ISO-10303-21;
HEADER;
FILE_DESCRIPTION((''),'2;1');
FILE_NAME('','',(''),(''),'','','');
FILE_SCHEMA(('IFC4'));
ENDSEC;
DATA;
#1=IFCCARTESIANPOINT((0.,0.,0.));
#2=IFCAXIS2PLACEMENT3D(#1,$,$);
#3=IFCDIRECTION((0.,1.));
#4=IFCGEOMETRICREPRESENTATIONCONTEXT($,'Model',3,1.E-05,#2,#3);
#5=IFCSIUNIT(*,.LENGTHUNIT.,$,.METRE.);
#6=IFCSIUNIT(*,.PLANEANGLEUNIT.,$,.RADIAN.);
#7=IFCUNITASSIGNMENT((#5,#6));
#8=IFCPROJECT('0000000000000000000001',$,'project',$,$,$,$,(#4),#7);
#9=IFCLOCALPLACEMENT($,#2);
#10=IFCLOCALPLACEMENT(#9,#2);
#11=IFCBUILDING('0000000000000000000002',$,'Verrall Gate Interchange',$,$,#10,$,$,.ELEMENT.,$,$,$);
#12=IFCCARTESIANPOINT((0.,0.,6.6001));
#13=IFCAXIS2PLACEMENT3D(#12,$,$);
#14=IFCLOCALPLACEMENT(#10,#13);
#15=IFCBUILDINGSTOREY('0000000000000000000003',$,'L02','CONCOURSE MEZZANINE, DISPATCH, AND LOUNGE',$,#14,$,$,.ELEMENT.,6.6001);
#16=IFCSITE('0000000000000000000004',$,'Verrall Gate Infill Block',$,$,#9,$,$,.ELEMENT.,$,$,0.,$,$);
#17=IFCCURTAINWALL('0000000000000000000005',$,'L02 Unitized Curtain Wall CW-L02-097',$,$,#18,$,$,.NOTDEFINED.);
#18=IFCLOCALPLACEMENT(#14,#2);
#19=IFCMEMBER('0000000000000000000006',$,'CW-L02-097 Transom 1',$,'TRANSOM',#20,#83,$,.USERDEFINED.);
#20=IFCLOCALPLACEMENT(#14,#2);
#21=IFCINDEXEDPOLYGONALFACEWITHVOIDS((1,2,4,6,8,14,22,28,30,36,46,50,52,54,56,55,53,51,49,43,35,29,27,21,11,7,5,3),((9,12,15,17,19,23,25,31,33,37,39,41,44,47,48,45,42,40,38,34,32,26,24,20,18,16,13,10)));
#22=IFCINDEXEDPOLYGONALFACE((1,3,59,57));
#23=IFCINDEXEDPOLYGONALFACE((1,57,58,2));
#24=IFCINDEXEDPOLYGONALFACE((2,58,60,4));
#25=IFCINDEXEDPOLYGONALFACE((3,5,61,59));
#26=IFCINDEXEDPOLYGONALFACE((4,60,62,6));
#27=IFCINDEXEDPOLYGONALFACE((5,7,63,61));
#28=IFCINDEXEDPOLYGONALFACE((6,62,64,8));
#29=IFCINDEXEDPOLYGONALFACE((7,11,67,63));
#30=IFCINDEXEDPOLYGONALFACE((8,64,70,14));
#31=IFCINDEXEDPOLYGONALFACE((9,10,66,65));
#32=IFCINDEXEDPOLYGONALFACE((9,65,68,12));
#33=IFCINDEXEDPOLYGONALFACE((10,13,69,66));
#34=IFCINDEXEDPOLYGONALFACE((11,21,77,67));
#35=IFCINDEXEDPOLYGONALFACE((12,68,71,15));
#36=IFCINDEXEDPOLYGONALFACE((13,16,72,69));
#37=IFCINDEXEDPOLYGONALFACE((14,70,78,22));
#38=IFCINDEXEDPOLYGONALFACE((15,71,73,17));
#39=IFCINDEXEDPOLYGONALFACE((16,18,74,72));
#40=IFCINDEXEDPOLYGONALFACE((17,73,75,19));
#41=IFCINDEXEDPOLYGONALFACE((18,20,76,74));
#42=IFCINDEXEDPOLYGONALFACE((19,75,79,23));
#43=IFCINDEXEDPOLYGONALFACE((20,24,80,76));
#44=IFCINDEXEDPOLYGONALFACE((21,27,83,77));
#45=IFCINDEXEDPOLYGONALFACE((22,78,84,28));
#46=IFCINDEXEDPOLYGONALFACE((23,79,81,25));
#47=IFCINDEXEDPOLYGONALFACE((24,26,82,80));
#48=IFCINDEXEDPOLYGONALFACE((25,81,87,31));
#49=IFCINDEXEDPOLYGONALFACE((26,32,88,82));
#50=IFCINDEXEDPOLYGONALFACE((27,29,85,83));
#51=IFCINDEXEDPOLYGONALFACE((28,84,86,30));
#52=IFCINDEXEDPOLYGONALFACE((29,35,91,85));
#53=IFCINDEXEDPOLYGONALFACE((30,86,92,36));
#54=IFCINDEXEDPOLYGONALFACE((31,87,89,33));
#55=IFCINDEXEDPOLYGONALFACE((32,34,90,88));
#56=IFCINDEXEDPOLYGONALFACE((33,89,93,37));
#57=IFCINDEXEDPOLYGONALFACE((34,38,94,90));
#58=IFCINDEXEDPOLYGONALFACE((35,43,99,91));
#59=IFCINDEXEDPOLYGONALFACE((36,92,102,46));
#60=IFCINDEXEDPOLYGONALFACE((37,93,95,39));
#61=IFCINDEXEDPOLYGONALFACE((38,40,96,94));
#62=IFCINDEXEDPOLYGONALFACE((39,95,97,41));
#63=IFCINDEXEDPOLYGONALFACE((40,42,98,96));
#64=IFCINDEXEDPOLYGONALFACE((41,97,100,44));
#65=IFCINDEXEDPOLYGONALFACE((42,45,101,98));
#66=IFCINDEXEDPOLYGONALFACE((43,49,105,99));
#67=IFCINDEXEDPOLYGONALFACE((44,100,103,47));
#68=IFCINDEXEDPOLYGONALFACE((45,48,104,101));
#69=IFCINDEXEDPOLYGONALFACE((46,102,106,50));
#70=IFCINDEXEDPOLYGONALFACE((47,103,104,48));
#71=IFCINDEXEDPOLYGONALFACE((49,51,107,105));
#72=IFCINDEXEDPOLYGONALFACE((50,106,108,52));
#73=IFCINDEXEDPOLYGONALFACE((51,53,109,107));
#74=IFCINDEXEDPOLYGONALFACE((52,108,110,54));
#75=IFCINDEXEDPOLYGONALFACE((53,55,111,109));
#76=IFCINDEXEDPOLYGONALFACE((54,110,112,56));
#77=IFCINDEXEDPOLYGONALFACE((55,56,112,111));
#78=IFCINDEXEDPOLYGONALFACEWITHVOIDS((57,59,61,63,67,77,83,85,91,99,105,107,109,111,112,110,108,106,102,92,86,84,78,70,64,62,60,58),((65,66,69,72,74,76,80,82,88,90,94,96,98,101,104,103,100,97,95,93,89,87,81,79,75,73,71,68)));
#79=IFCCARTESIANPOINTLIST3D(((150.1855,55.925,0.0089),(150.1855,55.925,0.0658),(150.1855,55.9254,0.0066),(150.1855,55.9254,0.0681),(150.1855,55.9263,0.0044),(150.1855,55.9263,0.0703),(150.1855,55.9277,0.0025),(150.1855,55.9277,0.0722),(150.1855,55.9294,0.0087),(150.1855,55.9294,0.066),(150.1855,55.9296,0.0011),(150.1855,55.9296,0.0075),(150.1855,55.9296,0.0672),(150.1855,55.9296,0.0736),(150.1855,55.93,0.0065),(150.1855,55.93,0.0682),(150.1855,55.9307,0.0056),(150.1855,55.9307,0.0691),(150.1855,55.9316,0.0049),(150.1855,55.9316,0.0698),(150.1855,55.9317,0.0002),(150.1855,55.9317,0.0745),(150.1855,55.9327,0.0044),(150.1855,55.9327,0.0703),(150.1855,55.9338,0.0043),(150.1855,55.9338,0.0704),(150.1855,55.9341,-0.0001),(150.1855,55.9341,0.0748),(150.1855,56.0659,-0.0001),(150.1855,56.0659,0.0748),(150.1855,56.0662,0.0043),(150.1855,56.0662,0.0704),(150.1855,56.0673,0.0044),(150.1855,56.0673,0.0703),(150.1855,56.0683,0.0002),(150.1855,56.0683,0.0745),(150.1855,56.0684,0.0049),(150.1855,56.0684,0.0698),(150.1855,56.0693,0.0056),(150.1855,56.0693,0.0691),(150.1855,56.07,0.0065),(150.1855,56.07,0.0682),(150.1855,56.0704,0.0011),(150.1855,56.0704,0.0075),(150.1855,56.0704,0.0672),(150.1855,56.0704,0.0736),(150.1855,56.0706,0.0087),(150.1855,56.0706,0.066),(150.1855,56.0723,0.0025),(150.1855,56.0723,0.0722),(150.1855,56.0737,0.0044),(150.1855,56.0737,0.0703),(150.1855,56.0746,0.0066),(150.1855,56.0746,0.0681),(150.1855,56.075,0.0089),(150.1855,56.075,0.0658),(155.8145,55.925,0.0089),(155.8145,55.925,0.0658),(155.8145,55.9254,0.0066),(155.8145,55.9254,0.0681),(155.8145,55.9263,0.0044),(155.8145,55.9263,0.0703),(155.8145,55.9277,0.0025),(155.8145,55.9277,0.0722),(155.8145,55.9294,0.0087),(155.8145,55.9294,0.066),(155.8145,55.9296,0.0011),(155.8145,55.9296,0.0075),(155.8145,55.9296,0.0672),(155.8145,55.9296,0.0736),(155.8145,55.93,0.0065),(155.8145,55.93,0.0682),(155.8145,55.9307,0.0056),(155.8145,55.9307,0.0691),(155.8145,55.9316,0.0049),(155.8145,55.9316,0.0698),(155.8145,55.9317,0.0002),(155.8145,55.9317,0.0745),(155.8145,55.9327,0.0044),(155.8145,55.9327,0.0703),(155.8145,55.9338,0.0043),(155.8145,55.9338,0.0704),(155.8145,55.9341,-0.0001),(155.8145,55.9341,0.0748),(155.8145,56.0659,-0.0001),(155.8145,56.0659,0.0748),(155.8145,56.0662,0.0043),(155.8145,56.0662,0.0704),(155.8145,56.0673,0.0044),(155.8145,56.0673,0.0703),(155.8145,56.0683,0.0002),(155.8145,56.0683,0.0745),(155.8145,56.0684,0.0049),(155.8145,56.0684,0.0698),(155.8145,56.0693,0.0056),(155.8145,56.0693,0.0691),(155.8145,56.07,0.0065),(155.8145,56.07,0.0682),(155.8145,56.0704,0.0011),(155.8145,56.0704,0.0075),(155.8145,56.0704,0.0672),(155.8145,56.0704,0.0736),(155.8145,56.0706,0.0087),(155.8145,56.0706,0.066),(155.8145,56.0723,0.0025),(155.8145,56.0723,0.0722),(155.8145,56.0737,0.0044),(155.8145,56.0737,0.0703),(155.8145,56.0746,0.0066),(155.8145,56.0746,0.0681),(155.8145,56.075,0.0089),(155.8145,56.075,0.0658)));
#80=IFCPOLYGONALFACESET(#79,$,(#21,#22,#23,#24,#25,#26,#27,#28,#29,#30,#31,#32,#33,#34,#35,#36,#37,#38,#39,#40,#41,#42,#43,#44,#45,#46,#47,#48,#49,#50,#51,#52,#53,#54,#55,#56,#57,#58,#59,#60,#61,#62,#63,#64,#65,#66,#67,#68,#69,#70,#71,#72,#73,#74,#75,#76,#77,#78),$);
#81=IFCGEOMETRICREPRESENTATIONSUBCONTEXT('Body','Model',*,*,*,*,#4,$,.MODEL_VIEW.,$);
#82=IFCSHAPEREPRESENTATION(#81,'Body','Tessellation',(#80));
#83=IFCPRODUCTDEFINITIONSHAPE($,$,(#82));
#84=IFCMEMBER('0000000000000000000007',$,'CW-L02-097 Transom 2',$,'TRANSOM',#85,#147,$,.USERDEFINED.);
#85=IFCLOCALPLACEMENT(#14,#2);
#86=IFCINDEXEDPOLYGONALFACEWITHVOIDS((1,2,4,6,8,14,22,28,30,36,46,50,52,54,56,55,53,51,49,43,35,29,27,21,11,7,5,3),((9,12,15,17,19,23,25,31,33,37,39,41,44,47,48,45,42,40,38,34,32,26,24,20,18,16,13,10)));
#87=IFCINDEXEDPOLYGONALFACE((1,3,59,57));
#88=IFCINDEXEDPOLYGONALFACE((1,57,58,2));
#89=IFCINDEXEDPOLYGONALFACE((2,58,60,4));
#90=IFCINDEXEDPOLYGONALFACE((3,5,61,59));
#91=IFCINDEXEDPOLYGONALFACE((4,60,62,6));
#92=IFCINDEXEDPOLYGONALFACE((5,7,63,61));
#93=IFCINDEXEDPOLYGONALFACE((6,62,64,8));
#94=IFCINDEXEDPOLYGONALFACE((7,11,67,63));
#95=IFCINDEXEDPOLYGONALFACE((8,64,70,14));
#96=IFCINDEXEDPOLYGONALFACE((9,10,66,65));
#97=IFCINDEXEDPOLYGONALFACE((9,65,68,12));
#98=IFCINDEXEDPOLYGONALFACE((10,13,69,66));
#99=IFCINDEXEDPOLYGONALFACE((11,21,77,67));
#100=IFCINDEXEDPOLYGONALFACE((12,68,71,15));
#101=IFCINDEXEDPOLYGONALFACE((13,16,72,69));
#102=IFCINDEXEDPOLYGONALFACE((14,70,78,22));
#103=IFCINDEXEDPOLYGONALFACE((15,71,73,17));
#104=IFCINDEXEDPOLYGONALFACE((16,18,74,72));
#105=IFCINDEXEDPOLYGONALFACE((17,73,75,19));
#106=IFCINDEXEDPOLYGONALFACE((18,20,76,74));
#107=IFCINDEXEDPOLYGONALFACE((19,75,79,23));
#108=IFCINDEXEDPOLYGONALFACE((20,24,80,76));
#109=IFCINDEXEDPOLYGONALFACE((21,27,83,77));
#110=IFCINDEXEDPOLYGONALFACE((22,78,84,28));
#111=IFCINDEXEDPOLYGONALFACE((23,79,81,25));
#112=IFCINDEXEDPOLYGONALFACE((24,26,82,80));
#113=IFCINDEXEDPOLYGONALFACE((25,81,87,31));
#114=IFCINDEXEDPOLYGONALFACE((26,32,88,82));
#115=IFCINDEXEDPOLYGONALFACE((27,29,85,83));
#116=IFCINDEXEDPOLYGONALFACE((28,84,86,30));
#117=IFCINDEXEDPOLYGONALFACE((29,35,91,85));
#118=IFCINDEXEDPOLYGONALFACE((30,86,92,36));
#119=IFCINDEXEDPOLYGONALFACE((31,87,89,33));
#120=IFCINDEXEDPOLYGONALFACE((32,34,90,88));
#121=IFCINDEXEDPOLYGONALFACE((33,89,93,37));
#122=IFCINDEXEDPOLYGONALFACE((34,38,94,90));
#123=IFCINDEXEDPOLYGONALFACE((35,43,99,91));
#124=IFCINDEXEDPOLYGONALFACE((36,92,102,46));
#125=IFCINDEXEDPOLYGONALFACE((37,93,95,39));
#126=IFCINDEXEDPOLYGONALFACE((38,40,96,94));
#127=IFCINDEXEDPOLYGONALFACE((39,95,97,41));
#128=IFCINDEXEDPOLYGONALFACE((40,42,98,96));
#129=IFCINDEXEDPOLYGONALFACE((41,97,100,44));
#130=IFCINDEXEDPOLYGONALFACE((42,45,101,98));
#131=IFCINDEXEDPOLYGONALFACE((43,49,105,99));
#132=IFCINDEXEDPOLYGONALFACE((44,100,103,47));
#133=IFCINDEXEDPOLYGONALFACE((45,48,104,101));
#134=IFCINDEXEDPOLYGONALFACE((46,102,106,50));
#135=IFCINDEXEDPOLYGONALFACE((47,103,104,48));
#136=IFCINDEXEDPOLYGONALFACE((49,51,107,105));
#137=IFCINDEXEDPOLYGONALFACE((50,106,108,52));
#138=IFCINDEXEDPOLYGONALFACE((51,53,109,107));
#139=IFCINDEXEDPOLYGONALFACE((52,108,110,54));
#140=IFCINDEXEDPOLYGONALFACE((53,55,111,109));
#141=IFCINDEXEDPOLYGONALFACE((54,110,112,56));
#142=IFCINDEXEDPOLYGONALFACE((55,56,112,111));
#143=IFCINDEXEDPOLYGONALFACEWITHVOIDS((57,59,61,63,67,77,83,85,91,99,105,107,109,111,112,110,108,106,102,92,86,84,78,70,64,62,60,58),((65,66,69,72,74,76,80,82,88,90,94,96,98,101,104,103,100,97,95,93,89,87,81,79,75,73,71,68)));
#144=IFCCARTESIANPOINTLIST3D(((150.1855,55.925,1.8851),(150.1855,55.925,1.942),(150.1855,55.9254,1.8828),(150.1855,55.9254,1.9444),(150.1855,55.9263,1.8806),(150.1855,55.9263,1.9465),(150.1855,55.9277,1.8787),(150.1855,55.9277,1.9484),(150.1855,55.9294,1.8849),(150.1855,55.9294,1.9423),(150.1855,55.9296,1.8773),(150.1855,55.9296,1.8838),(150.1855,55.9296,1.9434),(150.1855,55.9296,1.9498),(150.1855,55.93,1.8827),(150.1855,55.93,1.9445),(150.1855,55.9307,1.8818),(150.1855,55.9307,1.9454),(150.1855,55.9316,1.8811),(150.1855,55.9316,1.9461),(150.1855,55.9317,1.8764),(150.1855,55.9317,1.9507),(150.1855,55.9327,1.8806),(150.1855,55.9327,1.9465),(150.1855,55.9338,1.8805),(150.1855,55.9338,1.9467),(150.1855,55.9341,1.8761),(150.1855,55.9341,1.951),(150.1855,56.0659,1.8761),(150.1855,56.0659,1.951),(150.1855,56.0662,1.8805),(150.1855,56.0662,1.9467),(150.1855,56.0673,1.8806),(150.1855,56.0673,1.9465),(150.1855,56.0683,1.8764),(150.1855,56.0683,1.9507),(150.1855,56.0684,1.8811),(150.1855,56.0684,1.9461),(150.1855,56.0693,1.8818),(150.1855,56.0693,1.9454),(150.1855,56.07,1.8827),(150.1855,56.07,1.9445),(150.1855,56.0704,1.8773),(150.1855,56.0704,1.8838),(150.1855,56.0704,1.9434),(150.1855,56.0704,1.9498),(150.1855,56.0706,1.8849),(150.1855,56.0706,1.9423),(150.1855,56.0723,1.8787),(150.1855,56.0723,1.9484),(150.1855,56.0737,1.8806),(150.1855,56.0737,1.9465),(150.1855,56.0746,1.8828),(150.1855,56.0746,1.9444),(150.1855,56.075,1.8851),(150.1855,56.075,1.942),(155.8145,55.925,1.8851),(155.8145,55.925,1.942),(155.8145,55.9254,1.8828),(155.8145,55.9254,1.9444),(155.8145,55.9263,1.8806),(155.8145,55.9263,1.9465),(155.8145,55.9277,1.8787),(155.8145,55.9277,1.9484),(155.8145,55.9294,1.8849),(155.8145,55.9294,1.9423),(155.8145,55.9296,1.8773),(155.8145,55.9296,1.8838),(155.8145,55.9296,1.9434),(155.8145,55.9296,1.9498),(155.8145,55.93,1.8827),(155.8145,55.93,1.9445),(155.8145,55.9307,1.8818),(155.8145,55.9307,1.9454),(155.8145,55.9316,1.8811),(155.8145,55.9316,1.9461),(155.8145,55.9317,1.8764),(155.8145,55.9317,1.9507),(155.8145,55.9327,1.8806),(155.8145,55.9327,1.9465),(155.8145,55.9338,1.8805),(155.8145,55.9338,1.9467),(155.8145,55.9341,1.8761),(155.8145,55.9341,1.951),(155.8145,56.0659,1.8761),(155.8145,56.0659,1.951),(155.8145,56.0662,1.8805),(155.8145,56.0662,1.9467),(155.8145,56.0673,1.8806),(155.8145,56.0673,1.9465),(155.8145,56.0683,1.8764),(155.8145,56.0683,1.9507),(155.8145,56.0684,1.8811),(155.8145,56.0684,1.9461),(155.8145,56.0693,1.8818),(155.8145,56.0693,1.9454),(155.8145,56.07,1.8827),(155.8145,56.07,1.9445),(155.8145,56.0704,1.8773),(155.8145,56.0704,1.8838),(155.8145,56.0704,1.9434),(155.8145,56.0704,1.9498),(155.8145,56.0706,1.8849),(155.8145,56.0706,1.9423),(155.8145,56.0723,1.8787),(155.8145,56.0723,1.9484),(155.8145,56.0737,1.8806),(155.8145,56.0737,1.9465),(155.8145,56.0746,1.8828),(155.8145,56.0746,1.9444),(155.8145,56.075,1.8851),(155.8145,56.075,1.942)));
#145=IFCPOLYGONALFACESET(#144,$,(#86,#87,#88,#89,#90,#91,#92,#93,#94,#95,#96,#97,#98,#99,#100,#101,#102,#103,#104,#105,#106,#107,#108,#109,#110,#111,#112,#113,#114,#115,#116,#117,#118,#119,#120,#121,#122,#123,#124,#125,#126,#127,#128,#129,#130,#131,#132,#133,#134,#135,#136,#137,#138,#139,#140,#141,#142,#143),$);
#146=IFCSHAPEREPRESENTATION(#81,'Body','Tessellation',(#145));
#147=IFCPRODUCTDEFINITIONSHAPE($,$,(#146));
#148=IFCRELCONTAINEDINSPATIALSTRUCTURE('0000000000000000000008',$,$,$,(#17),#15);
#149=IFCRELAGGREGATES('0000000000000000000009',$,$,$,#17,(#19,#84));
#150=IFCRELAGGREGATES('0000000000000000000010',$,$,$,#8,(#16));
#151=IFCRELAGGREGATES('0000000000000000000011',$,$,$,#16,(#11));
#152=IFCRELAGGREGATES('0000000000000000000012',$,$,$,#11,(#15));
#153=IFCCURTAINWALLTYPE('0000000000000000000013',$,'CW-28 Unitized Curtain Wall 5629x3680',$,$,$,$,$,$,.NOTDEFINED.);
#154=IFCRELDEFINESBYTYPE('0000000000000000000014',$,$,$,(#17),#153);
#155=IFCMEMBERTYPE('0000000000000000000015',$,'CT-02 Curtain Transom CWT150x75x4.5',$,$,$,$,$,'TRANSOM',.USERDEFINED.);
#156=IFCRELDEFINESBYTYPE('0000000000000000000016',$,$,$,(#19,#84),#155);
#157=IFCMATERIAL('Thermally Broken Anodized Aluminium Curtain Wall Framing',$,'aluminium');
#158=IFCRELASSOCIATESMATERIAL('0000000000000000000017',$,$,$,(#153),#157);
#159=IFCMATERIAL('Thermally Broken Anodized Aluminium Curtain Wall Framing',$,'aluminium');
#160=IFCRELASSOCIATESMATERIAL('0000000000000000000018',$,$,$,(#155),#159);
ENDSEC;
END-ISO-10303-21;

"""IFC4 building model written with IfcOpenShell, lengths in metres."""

from ifc_helpers import new_model, si_unit, direction, frame, origin, origin_2d, place, context, subcontext, project, spatial, hollow_rectangle, extrude, material, material_profile, profile_set, type_object, element, aggregate, save


model = new_model("IFC4")

# Units and contexts
model_context = context("Model", 3, precision=1e-05, world=origin(), true_north=direction((0.0, 1.0)))
body_context = subcontext(model_context, "Body", "Model", "MODEL_VIEW")
ifc_project = project(units=[si_unit("LENGTHUNIT", "METRE"), si_unit("PLANEANGLEUNIT", "RADIAN")], contexts=[model_context])

# Site, building, storey
site_placement = place(None, origin())
site = spatial("IfcSite", under=ifc_project, at=site_placement, Name="Verrall Gate Infill Block", CompositionType="ELEMENT", RefElevation=0.0)
building_placement = place(site_placement, origin())
building = spatial("IfcBuilding", under=site, at=building_placement, Name="Verrall Gate Interchange", CompositionType="ELEMENT")
storey_placement = place(building_placement, frame((0.0, 0.0, 6.6001)))
storey = spatial("IfcBuildingStorey", under=building, at=storey_placement, Name="L02", Description="CONCOURSE MEZZANINE, DISPATCH, AND LOUNGE", CompositionType="ELEMENT", Elevation=6.6001)

# Curtain wall
ifc_material_1 = material(Name="Thermally Broken Anodized Aluminium Curtain Wall Framing", Category="aluminium")
curtain_wall_type = type_object("IfcCurtainWallType", Name="CW-28 Unitized Curtain Wall 5629x3680", PredefinedType="NOTDEFINED", material=ifc_material_1)
curtain_wall_1_placement = place(storey_placement, origin())
curtain_wall_1 = element("IfcCurtainWall", 1, at=curtain_wall_1_placement, inside=storey, type_object=curtain_wall_type, Name="L02 Unitized Curtain Wall CW-L02-097", PredefinedType="NOTDEFINED")

# Members
ifc_material_2 = material(Name="Thermally Broken Anodized Aluminium Curtain Wall Framing", Category="aluminium")
ifc_material_profile_1 = material_profile(ifc_material_2, hollow_rectangle(XDim=0.1499, YDim=0.075, WallThickness=0.0044, InnerFilletRadius=0.0044, OuterFilletRadius=0.009, at=origin_2d()), Name="CWT150x75x4.5")
ifc_profile_set_1 = profile_set([ifc_material_profile_1], Name="Thermally Broken Anodized Aluminium Curtain Wall Framing")
member_type_1 = type_object("IfcMemberType", Name="CT-02 Curtain Transom CWT150x75x4.5", ElementType="TRANSOM", PredefinedType="USERDEFINED", material=ifc_profile_set_1)
member_1_placement = place(storey_placement, frame((155.8145, 56.0, 0.0374), z_axis=(-1.0, 0.0, 0.0), x_axis=(0.0, -1.0, 0.0)))
member_1 = element("IfcMember", 2, at=member_1_placement, type_object=member_type_1, Name="CW-L02-097 Transom 1", ObjectType="TRANSOM", PredefinedType="USERDEFINED", context=body_context, shape_type="SweptSolid", body=[
    extrude(hollow_rectangle(XDim=0.1499, YDim=0.075, WallThickness=0.0044, InnerFilletRadius=0.0044, OuterFilletRadius=0.009, at=origin_2d()), origin(), (0.0, 0.0, 1.0), 5.6289),
])
member_2_placement = place(storey_placement, frame((155.8145, 56.0, 1.9136), z_axis=(-1.0, 0.0, 0.0), x_axis=(0.0, -1.0, 0.0)))
member_2 = element("IfcMember", 3, at=member_2_placement, type_object=member_type_1, Name="CW-L02-097 Transom 2", ObjectType="TRANSOM", PredefinedType="USERDEFINED", context=body_context, shape_type="SweptSolid", body=[
    extrude(hollow_rectangle(XDim=0.1499, YDim=0.075, WallThickness=0.0044, InnerFilletRadius=0.0044, OuterFilletRadius=0.009, at=origin_2d()), origin(), (0.0, 0.0, 1.0), 5.6289),
])

aggregate(curtain_wall_1, [member_1, member_2])

save(model, "model.ifc")
